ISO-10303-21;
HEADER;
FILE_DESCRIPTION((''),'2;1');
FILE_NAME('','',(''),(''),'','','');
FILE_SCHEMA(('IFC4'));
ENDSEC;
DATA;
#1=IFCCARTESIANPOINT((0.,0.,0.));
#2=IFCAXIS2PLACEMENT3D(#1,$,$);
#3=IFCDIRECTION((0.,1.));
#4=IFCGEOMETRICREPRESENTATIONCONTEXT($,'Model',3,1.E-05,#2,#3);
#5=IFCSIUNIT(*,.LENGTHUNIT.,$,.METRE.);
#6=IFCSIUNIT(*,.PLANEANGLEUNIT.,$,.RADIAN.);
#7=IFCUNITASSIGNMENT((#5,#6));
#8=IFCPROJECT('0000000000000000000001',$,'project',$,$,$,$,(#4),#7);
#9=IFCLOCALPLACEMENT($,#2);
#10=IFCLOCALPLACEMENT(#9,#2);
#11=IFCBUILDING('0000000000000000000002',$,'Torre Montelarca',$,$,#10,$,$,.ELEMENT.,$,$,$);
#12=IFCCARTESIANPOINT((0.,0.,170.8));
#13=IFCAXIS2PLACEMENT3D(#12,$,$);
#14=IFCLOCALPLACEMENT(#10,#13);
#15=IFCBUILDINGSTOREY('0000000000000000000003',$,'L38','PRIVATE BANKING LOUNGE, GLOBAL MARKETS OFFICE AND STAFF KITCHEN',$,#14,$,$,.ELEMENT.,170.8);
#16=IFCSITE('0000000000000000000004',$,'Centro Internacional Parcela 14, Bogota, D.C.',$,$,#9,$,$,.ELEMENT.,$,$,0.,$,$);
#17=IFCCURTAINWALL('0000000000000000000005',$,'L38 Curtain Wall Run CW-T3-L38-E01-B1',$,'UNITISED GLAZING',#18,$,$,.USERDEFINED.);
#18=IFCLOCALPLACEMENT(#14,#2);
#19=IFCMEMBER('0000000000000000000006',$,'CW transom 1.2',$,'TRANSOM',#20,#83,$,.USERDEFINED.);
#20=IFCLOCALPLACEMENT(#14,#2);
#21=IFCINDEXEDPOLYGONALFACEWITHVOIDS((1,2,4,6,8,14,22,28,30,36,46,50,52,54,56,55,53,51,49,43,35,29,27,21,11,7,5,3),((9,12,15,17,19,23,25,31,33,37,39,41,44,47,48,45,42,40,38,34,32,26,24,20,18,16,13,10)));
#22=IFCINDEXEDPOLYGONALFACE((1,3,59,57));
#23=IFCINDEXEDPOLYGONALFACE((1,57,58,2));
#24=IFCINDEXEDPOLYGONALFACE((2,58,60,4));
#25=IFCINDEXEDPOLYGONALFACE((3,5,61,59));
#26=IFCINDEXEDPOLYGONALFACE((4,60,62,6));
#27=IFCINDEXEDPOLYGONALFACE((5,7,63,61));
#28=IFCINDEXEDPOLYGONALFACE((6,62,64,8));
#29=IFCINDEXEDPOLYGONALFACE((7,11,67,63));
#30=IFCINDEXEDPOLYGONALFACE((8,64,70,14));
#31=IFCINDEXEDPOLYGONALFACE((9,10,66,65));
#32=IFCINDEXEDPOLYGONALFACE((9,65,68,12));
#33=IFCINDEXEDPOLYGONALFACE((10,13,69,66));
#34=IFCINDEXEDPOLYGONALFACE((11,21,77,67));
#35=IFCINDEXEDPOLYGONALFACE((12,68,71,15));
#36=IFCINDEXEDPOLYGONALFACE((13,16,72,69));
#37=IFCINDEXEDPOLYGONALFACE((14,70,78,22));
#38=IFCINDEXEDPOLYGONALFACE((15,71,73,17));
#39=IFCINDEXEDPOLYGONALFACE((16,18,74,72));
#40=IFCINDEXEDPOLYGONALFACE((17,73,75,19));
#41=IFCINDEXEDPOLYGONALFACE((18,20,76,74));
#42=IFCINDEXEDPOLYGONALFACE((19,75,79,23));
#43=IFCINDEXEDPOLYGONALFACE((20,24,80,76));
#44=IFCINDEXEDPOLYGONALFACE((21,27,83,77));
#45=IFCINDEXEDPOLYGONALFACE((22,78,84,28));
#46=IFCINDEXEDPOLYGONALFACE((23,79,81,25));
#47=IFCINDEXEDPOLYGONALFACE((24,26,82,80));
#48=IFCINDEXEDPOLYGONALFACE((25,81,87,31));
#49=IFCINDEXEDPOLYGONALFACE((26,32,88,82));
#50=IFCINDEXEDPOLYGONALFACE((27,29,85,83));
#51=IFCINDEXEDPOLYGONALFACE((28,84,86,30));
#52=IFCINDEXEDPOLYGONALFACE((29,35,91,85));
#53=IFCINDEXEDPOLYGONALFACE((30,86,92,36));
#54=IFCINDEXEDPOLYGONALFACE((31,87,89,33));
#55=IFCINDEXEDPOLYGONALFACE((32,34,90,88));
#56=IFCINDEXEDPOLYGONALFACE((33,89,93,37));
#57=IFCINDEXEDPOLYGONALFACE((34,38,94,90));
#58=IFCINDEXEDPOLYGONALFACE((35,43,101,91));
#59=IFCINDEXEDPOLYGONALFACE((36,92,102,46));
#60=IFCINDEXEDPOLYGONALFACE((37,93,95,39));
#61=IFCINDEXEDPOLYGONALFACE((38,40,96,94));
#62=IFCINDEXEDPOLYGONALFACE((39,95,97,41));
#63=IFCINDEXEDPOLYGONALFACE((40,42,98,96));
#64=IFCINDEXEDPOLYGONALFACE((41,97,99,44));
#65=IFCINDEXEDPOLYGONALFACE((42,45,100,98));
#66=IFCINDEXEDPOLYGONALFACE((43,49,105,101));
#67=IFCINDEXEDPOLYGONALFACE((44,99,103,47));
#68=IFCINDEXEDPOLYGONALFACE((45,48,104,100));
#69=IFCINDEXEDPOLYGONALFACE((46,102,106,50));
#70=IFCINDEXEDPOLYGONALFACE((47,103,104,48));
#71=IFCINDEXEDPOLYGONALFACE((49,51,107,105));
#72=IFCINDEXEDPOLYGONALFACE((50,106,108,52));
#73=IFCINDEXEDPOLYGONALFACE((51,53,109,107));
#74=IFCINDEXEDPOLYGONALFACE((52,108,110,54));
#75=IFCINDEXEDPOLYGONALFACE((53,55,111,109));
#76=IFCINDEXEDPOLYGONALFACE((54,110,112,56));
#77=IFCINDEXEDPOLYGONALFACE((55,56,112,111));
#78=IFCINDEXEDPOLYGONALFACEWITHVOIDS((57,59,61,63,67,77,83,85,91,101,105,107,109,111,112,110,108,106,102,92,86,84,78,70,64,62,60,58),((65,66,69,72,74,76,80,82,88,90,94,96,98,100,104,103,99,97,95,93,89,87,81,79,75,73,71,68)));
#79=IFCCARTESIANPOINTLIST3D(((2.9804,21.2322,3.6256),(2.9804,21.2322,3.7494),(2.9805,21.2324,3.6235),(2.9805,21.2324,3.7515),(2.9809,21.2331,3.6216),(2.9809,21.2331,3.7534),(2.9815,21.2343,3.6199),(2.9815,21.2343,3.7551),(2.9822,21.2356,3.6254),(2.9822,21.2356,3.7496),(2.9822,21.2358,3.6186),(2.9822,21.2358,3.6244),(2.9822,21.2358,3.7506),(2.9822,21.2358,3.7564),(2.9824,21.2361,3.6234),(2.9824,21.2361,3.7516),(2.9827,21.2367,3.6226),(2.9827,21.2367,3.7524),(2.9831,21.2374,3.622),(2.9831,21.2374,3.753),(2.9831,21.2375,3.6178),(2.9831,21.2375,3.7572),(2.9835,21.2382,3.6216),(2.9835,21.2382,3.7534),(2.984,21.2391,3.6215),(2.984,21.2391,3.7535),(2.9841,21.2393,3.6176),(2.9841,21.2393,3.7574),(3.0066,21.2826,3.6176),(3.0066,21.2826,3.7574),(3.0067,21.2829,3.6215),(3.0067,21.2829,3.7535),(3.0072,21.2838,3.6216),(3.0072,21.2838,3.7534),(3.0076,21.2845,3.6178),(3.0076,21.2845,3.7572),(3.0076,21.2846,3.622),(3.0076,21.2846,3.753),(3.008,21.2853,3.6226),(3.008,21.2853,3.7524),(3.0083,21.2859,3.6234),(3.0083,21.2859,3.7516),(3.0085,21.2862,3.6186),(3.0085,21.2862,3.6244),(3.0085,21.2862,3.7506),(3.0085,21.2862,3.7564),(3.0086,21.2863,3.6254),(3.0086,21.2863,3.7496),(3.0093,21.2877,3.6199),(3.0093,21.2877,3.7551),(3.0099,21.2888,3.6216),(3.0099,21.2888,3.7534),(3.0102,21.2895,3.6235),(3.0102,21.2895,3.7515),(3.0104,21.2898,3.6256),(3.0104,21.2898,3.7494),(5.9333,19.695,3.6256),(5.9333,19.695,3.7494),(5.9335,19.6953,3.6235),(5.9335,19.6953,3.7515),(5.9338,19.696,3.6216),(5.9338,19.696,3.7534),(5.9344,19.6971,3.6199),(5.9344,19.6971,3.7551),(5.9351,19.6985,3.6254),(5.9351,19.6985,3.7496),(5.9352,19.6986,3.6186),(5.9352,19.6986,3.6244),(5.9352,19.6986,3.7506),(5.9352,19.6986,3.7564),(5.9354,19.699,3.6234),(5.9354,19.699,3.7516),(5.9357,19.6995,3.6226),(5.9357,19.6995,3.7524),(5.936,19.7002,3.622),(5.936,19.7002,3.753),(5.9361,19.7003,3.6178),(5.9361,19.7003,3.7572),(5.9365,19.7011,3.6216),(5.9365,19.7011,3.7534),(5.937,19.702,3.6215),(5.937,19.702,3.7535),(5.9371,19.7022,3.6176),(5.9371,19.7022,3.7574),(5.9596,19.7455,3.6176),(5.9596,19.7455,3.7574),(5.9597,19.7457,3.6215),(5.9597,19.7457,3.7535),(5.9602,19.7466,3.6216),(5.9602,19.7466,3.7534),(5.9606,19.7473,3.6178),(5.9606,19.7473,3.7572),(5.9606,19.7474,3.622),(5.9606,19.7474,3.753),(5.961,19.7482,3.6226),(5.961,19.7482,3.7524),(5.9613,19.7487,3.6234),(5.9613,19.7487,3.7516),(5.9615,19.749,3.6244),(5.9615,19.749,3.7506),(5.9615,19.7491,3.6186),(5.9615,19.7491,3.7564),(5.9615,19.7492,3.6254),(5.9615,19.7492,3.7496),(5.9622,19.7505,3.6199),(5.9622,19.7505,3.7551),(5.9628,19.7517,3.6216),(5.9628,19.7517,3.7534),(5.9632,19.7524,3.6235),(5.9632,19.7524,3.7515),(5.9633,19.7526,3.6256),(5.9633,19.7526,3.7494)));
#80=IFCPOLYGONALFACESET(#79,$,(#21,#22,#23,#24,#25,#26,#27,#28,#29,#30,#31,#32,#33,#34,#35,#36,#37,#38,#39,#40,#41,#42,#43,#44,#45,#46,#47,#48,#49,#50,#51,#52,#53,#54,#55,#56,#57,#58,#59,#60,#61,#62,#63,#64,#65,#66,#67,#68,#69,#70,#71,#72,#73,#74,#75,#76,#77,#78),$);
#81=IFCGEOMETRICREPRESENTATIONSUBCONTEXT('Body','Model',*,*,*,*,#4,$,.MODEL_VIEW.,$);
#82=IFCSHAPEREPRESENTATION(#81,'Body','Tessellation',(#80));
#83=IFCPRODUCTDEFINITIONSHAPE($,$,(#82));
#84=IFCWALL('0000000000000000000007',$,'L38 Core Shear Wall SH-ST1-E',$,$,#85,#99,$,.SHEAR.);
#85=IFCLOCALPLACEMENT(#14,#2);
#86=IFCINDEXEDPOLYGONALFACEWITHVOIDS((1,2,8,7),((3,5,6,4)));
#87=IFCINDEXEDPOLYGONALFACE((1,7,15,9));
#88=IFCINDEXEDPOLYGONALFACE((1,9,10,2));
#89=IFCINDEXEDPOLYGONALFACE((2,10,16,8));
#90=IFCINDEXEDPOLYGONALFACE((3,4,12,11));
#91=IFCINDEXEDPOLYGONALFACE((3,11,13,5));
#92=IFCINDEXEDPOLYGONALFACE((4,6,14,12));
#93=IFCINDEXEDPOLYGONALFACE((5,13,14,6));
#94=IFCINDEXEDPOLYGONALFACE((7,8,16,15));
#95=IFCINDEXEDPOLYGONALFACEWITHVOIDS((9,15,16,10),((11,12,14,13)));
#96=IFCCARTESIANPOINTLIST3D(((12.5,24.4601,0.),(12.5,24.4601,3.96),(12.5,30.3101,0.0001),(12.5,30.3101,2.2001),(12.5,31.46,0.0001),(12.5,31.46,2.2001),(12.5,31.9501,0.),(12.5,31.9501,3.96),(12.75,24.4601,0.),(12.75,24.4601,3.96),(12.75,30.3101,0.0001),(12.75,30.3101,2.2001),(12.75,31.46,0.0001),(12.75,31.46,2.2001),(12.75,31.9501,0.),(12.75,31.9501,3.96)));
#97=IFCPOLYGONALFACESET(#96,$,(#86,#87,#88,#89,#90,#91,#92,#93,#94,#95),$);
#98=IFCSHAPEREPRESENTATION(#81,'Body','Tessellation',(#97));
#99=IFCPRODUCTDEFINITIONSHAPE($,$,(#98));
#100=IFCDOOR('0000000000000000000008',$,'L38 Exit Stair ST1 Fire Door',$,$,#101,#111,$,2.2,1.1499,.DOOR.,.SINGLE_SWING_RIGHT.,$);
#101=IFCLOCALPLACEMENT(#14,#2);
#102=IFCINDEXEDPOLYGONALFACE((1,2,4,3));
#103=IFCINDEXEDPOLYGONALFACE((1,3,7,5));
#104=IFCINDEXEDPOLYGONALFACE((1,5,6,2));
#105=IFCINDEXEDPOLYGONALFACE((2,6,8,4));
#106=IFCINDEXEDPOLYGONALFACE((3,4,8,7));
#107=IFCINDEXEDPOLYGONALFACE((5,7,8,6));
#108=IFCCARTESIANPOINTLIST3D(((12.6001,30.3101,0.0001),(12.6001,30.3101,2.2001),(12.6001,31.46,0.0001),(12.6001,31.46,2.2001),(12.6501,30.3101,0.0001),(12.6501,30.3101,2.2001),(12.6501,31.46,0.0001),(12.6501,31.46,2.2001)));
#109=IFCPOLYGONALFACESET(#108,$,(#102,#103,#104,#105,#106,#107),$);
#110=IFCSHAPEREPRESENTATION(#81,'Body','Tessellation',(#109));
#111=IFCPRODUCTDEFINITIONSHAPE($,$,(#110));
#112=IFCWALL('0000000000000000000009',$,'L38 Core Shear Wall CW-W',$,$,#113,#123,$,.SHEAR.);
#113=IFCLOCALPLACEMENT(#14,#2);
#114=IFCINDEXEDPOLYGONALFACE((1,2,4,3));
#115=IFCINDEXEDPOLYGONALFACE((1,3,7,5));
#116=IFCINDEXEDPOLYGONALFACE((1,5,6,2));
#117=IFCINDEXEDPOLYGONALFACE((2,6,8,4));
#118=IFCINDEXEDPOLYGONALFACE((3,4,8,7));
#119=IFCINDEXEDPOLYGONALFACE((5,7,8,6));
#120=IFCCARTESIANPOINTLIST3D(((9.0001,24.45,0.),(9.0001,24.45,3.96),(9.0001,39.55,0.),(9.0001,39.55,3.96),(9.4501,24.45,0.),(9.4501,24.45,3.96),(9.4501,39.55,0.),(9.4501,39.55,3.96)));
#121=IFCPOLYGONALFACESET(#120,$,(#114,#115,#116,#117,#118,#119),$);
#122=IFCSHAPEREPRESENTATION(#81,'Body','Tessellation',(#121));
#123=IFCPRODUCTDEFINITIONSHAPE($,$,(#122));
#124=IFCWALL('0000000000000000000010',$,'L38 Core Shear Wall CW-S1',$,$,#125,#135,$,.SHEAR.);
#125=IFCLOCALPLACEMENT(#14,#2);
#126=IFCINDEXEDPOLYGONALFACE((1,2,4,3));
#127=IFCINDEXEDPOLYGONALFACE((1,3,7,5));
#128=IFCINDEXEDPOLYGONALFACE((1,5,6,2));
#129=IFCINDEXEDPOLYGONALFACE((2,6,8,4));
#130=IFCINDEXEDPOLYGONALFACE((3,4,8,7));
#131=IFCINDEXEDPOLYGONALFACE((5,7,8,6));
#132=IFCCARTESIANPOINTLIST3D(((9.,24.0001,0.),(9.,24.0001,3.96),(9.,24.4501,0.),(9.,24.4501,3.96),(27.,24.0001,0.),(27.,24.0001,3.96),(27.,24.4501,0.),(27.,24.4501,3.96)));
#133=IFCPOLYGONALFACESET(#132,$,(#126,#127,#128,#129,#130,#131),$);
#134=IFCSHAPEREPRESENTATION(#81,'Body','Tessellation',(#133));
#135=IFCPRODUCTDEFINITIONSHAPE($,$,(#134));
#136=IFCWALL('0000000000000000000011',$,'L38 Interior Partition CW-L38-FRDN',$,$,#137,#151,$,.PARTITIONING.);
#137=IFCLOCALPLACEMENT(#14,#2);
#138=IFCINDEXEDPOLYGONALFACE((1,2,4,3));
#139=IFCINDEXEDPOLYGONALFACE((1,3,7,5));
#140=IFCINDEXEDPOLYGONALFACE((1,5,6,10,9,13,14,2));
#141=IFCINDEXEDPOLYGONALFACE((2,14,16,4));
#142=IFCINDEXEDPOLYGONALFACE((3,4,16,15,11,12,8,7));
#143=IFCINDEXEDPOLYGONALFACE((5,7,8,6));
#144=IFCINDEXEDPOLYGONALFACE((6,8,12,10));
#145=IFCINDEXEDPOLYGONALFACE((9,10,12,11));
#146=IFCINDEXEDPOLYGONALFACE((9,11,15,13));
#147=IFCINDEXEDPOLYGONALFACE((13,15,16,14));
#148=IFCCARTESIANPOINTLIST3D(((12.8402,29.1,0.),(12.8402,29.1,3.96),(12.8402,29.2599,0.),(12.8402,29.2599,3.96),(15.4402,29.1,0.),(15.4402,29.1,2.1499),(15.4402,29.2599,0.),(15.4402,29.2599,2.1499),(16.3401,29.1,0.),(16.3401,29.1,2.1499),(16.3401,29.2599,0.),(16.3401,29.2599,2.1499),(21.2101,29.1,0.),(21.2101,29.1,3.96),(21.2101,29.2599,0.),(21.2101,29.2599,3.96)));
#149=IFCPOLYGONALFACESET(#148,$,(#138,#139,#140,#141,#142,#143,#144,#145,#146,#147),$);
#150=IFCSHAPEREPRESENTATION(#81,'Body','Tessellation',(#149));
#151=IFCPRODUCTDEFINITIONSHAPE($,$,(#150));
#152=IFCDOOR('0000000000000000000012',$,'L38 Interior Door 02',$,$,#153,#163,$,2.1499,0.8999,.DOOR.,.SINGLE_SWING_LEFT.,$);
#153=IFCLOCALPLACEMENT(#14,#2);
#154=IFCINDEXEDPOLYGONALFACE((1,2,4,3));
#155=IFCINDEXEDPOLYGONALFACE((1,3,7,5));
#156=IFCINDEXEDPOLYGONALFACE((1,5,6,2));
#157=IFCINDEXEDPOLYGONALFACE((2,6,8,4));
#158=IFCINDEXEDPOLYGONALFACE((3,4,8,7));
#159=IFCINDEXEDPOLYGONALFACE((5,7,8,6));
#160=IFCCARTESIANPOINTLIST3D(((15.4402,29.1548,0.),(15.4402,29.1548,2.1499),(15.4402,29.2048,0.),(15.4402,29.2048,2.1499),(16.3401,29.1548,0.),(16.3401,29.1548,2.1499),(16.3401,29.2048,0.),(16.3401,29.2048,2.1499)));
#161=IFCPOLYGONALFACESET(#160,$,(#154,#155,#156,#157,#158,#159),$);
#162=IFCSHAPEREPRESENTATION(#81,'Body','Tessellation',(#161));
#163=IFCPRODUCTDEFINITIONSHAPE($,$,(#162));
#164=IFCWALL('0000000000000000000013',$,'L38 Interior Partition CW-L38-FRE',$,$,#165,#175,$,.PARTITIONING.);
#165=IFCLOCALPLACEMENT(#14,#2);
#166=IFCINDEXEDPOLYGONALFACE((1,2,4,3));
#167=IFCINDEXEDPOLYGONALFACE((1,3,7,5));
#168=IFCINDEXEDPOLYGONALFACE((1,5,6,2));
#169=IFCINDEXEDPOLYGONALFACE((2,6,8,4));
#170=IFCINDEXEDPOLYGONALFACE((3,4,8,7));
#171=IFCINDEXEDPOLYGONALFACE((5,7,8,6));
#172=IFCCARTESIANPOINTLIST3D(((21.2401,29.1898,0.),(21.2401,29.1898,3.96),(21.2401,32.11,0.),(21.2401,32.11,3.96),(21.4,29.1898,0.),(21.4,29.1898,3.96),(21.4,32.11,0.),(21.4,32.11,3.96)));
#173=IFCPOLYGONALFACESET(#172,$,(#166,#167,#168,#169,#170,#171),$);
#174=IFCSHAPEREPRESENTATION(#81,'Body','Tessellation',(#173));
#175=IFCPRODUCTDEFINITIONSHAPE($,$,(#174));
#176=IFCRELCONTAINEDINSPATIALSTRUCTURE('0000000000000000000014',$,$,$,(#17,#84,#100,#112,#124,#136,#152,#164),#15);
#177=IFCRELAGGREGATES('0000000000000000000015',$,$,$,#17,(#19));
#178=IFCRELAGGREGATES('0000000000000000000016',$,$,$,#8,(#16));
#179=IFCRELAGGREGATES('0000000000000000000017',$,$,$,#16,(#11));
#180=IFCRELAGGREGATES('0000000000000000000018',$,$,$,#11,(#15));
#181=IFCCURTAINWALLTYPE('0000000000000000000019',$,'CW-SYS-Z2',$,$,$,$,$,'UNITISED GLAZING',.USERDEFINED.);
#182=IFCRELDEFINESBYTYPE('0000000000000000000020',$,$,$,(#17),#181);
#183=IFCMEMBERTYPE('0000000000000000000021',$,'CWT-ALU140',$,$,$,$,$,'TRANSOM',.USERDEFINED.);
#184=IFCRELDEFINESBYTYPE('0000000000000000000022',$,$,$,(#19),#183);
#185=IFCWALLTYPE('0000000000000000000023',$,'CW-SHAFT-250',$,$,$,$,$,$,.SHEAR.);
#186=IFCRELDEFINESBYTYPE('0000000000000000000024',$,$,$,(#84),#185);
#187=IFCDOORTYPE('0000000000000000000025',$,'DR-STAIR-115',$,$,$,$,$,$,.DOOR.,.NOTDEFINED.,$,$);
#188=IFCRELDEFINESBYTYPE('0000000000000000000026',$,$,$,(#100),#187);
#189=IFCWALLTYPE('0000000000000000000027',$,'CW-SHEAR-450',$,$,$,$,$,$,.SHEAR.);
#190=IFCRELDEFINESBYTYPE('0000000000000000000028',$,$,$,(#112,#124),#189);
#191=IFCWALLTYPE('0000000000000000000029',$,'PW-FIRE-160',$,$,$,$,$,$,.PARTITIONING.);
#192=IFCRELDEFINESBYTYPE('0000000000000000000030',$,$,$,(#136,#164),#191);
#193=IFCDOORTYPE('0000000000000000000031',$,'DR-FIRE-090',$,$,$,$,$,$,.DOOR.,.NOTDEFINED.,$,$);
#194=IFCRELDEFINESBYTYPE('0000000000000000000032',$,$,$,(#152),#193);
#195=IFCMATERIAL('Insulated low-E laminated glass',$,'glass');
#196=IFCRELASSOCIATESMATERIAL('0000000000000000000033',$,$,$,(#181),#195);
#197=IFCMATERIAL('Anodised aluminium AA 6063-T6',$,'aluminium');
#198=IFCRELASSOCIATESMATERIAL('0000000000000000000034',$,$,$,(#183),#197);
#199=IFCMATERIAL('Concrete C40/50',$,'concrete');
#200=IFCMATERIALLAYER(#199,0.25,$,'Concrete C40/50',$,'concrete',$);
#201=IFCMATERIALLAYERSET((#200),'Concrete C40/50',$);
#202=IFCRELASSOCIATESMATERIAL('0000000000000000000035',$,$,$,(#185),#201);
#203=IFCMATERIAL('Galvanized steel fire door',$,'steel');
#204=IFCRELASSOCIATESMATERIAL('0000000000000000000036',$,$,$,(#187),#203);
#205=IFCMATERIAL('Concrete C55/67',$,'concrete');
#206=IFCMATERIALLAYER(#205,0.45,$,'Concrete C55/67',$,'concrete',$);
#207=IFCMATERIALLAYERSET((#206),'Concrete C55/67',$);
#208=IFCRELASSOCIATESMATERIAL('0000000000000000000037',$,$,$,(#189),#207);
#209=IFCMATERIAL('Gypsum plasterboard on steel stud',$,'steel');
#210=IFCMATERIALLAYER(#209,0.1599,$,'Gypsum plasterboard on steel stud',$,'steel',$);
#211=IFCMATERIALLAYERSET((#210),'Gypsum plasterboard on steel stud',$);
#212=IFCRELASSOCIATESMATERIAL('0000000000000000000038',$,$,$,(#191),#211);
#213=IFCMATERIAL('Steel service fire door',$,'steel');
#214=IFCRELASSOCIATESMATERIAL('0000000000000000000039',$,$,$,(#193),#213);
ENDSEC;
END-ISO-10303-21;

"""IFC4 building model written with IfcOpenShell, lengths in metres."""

from ifc_helpers import new_model, si_unit, direction, frame, frame_2d, origin, origin_2d, place, context, subcontext, project, spatial, rectangle, hollow_rectangle, extrude, source, transform, mapped, material, layer, layer_set, material_profile, profile_set, type_object, element, fill, aggregate, save


model = new_model("IFC4")

# Units and contexts
model_context = context("Model", 3, precision=1e-05, world=origin(), true_north=direction((0.0, 1.0)))
body_context = subcontext(model_context, "Body", "Model", "MODEL_VIEW")
ifc_project = project(units=[si_unit("LENGTHUNIT", "METRE"), si_unit("PLANEANGLEUNIT", "RADIAN")], contexts=[model_context])

# Site, building, storey
site_placement = place(None, origin())
site = spatial("IfcSite", under=ifc_project, at=site_placement, Name="Centro Internacional Parcela 14, Bogota, D.C.", CompositionType="ELEMENT", RefElevation=0.0)
building_placement = place(site_placement, origin())
building = spatial("IfcBuilding", under=site, at=building_placement, Name="Torre Montelarca", CompositionType="ELEMENT")
storey_placement = place(building_placement, frame((0.0, 0.0, 170.8)))
storey = spatial("IfcBuildingStorey", under=building, at=storey_placement, Name="L38", Description="PRIVATE BANKING LOUNGE, GLOBAL MARKETS OFFICE AND STAFF KITCHEN", CompositionType="ELEMENT", Elevation=170.8)

# Shared definitions
ifc_material_1 = material(Name="Concrete C55/67", Category="concrete")

# Curtain wall
ifc_material_2 = material(Name="Insulated low-E laminated glass", Category="glass")
curtain_wall_type = type_object("IfcCurtainWallType", Name="CW-SYS-Z2", ElementType="UNITISED GLAZING", PredefinedType="USERDEFINED", material=ifc_material_2)
curtain_wall_1_placement = place(storey_placement, origin())
curtain_wall_1 = element("IfcCurtainWall", 1, at=curtain_wall_1_placement, inside=storey, type_object=curtain_wall_type, Name="L38 Curtain Wall Run CW-T3-L38-E01-B1", ObjectType="UNITISED GLAZING", PredefinedType="USERDEFINED")
ifc_material_3 = material(Name="Anodised aluminium AA 6063-T6", Category="aluminium")

# Member
ifc_material_profile_1 = material_profile(ifc_material_3, hollow_rectangle(XDim=0.0649, YDim=0.1399, WallThickness=0.0039, InnerFilletRadius=0.0039, OuterFilletRadius=0.0081, at=origin_2d()), Name="ALU65X140X4", Category="aluminium")
ifc_profile_set_1 = profile_set([ifc_material_profile_1], Name="Anodised aluminium AA 6063-T6")
member_type_1 = type_object("IfcMemberType", Name="CWT-ALU140", ElementType="TRANSOM", PredefinedType="USERDEFINED", material=ifc_profile_set_1)
shared_shape_1 = source(origin(), body_context, "Body", "SweptSolid", [
    extrude(hollow_rectangle(XDim=0.0649, YDim=0.1399, WallThickness=0.0039, InnerFilletRadius=0.0039, OuterFilletRadius=0.0081, at=origin_2d()), origin(), (0.0, 0.0, 1.0), 3.3291),
])
member_1_placement = place(storey_placement, frame((2.9954, 21.261, 3.6875), z_axis=(0.887019, -0.461734, 0.0), x_axis=(0.461734, 0.887019, 0.0)))
member_1 = element("IfcMember", 2, at=member_1_placement, type_object=member_type_1, Name="CW transom 1.2", ObjectType="TRANSOM", PredefinedType="USERDEFINED", context=body_context, shape_type="MappedRepresentation", body=[
    mapped(shared_shape_1, transform((0.0, 0.0, 0.0), scale=1.0)),
])
aggregate(curtain_wall_1, [member_1])

# Wall, opening, door
ifc_material_4 = material(Name="Concrete C40/50", Category="concrete")
ifc_layer_1 = layer(ifc_material_4, 0.25, Name="Concrete C40/50", Category="concrete")
ifc_layer_set_1 = layer_set([ifc_layer_1], Name="Concrete C40/50")
wall_type_1 = type_object("IfcWallType", Name="CW-SHAFT-250", PredefinedType="SHEAR", material=ifc_layer_set_1)
wall_1_placement = place(storey_placement, frame((12.625, 24.46, 0.0), z_axis=(0.0, 0.0, 1.0), x_axis=(0.0, 1.0, 0.0)))
wall_1 = element("IfcWall", 3, at=wall_1_placement, inside=storey, type_object=wall_type_1, Name="L38 Core Shear Wall SH-ST1-E", PredefinedType="SHEAR", context=body_context, shape_type="SweptSolid", body=[
    extrude(rectangle(XDim=7.49, YDim=0.25, at=frame_2d((3.7451, 0.0))), origin(), (0.0, 0.0, 1.0), 3.96),
])
opening_1_placement = place(wall_1_placement, frame((5.8501, 0.0, 0.0)))
opening_1 = element("IfcOpeningElement", 4, at=opening_1_placement, cuts=wall_1, PredefinedType="OPENING", context=body_context, shape_type="SweptSolid", body=[
    extrude(rectangle(XDim=1.1499, YDim=2.2, at=frame_2d((0.575, 1.1001))), frame((0.0, 0.135, 0.0), z_axis=(0.0, -1.0, 0.0), x_axis=(1.0, 0.0, 0.0)), (0.0, 0.0, 1.0), 0.27),
])
ifc_material_5 = material(Name="Galvanized steel fire door", Category="steel")
door_type_1 = type_object("IfcDoorType", Name="DR-STAIR-115", OperationType="NOTDEFINED", PredefinedType="DOOR", material=ifc_material_5)
shared_shape_2 = source(origin(), body_context, "Body", "SweptSolid", [
    extrude(rectangle(XDim=1.1499, YDim=2.2, at=frame_2d((0.575, 1.1001))), frame((0.0, 0.0249, 0.0), z_axis=(0.0, -1.0, 0.0), x_axis=(1.0, 0.0, 0.0)), (0.0, 0.0, 1.0), 0.05),
])
door_1_placement = place(opening_1_placement, origin())
door_1 = element("IfcDoor", 5, at=door_1_placement, inside=storey, type_object=door_type_1, Name="L38 Exit Stair ST1 Fire Door", OperationType="SINGLE_SWING_RIGHT", OverallHeight=2.2, OverallWidth=1.1499, PredefinedType="DOOR", context=body_context, shape_type="MappedRepresentation", body=[
    mapped(shared_shape_2, transform((0.0, 0.0, 0.0), scale=1.0)),
])
fill(opening_1, door_1)

# Walls
ifc_layer_2 = layer(ifc_material_1, 0.45, Name="Concrete C55/67", Category="concrete")
ifc_layer_set_2 = layer_set([ifc_layer_2], Name="Concrete C55/67")
wall_type_2 = type_object("IfcWallType", Name="CW-SHEAR-450", PredefinedType="SHEAR", material=ifc_layer_set_2)
wall_2_placement = place(storey_placement, frame((9.2251, 24.45, 0.0), z_axis=(0.0, 0.0, 1.0), x_axis=(0.0, 1.0, 0.0)))
element("IfcWall", 6, at=wall_2_placement, inside=storey, type_object=wall_type_2, Name="L38 Core Shear Wall CW-W", PredefinedType="SHEAR", context=body_context, shape_type="SweptSolid", body=[
    extrude(rectangle(XDim=15.1001, YDim=0.45, at=frame_2d((7.55, 0.0))), origin(), (0.0, 0.0, 1.0), 3.96),
])
wall_3_placement = place(storey_placement, frame((9.0, 24.2251, 0.0), z_axis=(0.0, 0.0, 1.0), x_axis=(1.0, 0.0, 0.0)))
element("IfcWall", 7, at=wall_3_placement, inside=storey, type_object=wall_type_2, Name="L38 Core Shear Wall CW-S1", PredefinedType="SHEAR", context=body_context, shape_type="SweptSolid", body=[
    extrude(rectangle(XDim=18.0, YDim=0.45, at=frame_2d((9.0, 0.0))), origin(), (0.0, 0.0, 1.0), 3.96),
])

# Wall, opening, door
ifc_material_6 = material(Name="Gypsum plasterboard on steel stud", Category="steel")
ifc_layer_3 = layer(ifc_material_6, 0.1599, Name="Gypsum plasterboard on steel stud", Category="steel")
ifc_layer_set_3 = layer_set([ifc_layer_3], Name="Gypsum plasterboard on steel stud")
wall_type_3 = type_object("IfcWallType", Name="PW-FIRE-160", PredefinedType="PARTITIONING", material=ifc_layer_set_3)
wall_4_placement = place(storey_placement, frame((12.8401, 29.1799, 0.0), z_axis=(0.0, 0.0, 1.0), x_axis=(1.0, 0.0, 0.0)))
wall_4 = element("IfcWall", 8, at=wall_4_placement, inside=storey, type_object=wall_type_3, Name="L38 Interior Partition CW-L38-FRDN", PredefinedType="PARTITIONING", context=body_context, shape_type="SweptSolid", body=[
    extrude(rectangle(XDim=8.3699, YDim=0.1599, at=frame_2d((4.1851, 0.0))), origin(), (0.0, 0.0, 1.0), 3.96),
])
opening_2_placement = place(wall_4_placement, frame((2.6001, 0.0, 0.0)))
opening_2 = element("IfcOpeningElement", 9, at=opening_2_placement, cuts=wall_4, PredefinedType="OPENING", context=body_context, shape_type="SweptSolid", body=[
    extrude(rectangle(XDim=0.8999, YDim=2.1499, at=frame_2d((0.45, 1.075))), frame((0.0, 0.0898, 0.0), z_axis=(0.0, -1.0, 0.0), x_axis=(1.0, 0.0, 0.0)), (0.0, 0.0, 1.0), 0.1799),
])
ifc_material_7 = material(Name="Steel service fire door", Category="steel")
door_type_2 = type_object("IfcDoorType", Name="DR-FIRE-090", OperationType="NOTDEFINED", PredefinedType="DOOR", material=ifc_material_7)
shared_shape_3 = source(origin(), body_context, "Body", "SweptSolid", [
    extrude(rectangle(XDim=0.8999, YDim=2.1499, at=frame_2d((0.45, 1.075))), frame((0.0, 0.0249, 0.0), z_axis=(0.0, -1.0, 0.0), x_axis=(1.0, 0.0, 0.0)), (0.0, 0.0, 1.0), 0.05),
])
door_2_placement = place(opening_2_placement, origin())
door_2 = element("IfcDoor", 10, at=door_2_placement, inside=storey, type_object=door_type_2, Name="L38 Interior Door 02", OperationType="SINGLE_SWING_LEFT", OverallHeight=2.1499, OverallWidth=0.8999, PredefinedType="DOOR", context=body_context, shape_type="MappedRepresentation", body=[
    mapped(shared_shape_3, transform((0.0, 0.0, 0.0), scale=1.0)),
])
fill(opening_2, door_2)

# Wall
wall_5_placement = place(storey_placement, frame((21.3201, 29.1899, 0.0), z_axis=(0.0, 0.0, 1.0), x_axis=(0.0, 1.0, 0.0)))
element("IfcWall", 11, at=wall_5_placement, inside=storey, type_object=wall_type_3, Name="L38 Interior Partition CW-L38-FRE", PredefinedType="PARTITIONING", context=body_context, shape_type="SweptSolid", body=[
    extrude(rectangle(XDim=2.9202, YDim=0.1599, at=frame_2d((1.46, 0.0))), origin(), (0.0, 0.0, 1.0), 3.96),
])

save(model, "model.ifc")
